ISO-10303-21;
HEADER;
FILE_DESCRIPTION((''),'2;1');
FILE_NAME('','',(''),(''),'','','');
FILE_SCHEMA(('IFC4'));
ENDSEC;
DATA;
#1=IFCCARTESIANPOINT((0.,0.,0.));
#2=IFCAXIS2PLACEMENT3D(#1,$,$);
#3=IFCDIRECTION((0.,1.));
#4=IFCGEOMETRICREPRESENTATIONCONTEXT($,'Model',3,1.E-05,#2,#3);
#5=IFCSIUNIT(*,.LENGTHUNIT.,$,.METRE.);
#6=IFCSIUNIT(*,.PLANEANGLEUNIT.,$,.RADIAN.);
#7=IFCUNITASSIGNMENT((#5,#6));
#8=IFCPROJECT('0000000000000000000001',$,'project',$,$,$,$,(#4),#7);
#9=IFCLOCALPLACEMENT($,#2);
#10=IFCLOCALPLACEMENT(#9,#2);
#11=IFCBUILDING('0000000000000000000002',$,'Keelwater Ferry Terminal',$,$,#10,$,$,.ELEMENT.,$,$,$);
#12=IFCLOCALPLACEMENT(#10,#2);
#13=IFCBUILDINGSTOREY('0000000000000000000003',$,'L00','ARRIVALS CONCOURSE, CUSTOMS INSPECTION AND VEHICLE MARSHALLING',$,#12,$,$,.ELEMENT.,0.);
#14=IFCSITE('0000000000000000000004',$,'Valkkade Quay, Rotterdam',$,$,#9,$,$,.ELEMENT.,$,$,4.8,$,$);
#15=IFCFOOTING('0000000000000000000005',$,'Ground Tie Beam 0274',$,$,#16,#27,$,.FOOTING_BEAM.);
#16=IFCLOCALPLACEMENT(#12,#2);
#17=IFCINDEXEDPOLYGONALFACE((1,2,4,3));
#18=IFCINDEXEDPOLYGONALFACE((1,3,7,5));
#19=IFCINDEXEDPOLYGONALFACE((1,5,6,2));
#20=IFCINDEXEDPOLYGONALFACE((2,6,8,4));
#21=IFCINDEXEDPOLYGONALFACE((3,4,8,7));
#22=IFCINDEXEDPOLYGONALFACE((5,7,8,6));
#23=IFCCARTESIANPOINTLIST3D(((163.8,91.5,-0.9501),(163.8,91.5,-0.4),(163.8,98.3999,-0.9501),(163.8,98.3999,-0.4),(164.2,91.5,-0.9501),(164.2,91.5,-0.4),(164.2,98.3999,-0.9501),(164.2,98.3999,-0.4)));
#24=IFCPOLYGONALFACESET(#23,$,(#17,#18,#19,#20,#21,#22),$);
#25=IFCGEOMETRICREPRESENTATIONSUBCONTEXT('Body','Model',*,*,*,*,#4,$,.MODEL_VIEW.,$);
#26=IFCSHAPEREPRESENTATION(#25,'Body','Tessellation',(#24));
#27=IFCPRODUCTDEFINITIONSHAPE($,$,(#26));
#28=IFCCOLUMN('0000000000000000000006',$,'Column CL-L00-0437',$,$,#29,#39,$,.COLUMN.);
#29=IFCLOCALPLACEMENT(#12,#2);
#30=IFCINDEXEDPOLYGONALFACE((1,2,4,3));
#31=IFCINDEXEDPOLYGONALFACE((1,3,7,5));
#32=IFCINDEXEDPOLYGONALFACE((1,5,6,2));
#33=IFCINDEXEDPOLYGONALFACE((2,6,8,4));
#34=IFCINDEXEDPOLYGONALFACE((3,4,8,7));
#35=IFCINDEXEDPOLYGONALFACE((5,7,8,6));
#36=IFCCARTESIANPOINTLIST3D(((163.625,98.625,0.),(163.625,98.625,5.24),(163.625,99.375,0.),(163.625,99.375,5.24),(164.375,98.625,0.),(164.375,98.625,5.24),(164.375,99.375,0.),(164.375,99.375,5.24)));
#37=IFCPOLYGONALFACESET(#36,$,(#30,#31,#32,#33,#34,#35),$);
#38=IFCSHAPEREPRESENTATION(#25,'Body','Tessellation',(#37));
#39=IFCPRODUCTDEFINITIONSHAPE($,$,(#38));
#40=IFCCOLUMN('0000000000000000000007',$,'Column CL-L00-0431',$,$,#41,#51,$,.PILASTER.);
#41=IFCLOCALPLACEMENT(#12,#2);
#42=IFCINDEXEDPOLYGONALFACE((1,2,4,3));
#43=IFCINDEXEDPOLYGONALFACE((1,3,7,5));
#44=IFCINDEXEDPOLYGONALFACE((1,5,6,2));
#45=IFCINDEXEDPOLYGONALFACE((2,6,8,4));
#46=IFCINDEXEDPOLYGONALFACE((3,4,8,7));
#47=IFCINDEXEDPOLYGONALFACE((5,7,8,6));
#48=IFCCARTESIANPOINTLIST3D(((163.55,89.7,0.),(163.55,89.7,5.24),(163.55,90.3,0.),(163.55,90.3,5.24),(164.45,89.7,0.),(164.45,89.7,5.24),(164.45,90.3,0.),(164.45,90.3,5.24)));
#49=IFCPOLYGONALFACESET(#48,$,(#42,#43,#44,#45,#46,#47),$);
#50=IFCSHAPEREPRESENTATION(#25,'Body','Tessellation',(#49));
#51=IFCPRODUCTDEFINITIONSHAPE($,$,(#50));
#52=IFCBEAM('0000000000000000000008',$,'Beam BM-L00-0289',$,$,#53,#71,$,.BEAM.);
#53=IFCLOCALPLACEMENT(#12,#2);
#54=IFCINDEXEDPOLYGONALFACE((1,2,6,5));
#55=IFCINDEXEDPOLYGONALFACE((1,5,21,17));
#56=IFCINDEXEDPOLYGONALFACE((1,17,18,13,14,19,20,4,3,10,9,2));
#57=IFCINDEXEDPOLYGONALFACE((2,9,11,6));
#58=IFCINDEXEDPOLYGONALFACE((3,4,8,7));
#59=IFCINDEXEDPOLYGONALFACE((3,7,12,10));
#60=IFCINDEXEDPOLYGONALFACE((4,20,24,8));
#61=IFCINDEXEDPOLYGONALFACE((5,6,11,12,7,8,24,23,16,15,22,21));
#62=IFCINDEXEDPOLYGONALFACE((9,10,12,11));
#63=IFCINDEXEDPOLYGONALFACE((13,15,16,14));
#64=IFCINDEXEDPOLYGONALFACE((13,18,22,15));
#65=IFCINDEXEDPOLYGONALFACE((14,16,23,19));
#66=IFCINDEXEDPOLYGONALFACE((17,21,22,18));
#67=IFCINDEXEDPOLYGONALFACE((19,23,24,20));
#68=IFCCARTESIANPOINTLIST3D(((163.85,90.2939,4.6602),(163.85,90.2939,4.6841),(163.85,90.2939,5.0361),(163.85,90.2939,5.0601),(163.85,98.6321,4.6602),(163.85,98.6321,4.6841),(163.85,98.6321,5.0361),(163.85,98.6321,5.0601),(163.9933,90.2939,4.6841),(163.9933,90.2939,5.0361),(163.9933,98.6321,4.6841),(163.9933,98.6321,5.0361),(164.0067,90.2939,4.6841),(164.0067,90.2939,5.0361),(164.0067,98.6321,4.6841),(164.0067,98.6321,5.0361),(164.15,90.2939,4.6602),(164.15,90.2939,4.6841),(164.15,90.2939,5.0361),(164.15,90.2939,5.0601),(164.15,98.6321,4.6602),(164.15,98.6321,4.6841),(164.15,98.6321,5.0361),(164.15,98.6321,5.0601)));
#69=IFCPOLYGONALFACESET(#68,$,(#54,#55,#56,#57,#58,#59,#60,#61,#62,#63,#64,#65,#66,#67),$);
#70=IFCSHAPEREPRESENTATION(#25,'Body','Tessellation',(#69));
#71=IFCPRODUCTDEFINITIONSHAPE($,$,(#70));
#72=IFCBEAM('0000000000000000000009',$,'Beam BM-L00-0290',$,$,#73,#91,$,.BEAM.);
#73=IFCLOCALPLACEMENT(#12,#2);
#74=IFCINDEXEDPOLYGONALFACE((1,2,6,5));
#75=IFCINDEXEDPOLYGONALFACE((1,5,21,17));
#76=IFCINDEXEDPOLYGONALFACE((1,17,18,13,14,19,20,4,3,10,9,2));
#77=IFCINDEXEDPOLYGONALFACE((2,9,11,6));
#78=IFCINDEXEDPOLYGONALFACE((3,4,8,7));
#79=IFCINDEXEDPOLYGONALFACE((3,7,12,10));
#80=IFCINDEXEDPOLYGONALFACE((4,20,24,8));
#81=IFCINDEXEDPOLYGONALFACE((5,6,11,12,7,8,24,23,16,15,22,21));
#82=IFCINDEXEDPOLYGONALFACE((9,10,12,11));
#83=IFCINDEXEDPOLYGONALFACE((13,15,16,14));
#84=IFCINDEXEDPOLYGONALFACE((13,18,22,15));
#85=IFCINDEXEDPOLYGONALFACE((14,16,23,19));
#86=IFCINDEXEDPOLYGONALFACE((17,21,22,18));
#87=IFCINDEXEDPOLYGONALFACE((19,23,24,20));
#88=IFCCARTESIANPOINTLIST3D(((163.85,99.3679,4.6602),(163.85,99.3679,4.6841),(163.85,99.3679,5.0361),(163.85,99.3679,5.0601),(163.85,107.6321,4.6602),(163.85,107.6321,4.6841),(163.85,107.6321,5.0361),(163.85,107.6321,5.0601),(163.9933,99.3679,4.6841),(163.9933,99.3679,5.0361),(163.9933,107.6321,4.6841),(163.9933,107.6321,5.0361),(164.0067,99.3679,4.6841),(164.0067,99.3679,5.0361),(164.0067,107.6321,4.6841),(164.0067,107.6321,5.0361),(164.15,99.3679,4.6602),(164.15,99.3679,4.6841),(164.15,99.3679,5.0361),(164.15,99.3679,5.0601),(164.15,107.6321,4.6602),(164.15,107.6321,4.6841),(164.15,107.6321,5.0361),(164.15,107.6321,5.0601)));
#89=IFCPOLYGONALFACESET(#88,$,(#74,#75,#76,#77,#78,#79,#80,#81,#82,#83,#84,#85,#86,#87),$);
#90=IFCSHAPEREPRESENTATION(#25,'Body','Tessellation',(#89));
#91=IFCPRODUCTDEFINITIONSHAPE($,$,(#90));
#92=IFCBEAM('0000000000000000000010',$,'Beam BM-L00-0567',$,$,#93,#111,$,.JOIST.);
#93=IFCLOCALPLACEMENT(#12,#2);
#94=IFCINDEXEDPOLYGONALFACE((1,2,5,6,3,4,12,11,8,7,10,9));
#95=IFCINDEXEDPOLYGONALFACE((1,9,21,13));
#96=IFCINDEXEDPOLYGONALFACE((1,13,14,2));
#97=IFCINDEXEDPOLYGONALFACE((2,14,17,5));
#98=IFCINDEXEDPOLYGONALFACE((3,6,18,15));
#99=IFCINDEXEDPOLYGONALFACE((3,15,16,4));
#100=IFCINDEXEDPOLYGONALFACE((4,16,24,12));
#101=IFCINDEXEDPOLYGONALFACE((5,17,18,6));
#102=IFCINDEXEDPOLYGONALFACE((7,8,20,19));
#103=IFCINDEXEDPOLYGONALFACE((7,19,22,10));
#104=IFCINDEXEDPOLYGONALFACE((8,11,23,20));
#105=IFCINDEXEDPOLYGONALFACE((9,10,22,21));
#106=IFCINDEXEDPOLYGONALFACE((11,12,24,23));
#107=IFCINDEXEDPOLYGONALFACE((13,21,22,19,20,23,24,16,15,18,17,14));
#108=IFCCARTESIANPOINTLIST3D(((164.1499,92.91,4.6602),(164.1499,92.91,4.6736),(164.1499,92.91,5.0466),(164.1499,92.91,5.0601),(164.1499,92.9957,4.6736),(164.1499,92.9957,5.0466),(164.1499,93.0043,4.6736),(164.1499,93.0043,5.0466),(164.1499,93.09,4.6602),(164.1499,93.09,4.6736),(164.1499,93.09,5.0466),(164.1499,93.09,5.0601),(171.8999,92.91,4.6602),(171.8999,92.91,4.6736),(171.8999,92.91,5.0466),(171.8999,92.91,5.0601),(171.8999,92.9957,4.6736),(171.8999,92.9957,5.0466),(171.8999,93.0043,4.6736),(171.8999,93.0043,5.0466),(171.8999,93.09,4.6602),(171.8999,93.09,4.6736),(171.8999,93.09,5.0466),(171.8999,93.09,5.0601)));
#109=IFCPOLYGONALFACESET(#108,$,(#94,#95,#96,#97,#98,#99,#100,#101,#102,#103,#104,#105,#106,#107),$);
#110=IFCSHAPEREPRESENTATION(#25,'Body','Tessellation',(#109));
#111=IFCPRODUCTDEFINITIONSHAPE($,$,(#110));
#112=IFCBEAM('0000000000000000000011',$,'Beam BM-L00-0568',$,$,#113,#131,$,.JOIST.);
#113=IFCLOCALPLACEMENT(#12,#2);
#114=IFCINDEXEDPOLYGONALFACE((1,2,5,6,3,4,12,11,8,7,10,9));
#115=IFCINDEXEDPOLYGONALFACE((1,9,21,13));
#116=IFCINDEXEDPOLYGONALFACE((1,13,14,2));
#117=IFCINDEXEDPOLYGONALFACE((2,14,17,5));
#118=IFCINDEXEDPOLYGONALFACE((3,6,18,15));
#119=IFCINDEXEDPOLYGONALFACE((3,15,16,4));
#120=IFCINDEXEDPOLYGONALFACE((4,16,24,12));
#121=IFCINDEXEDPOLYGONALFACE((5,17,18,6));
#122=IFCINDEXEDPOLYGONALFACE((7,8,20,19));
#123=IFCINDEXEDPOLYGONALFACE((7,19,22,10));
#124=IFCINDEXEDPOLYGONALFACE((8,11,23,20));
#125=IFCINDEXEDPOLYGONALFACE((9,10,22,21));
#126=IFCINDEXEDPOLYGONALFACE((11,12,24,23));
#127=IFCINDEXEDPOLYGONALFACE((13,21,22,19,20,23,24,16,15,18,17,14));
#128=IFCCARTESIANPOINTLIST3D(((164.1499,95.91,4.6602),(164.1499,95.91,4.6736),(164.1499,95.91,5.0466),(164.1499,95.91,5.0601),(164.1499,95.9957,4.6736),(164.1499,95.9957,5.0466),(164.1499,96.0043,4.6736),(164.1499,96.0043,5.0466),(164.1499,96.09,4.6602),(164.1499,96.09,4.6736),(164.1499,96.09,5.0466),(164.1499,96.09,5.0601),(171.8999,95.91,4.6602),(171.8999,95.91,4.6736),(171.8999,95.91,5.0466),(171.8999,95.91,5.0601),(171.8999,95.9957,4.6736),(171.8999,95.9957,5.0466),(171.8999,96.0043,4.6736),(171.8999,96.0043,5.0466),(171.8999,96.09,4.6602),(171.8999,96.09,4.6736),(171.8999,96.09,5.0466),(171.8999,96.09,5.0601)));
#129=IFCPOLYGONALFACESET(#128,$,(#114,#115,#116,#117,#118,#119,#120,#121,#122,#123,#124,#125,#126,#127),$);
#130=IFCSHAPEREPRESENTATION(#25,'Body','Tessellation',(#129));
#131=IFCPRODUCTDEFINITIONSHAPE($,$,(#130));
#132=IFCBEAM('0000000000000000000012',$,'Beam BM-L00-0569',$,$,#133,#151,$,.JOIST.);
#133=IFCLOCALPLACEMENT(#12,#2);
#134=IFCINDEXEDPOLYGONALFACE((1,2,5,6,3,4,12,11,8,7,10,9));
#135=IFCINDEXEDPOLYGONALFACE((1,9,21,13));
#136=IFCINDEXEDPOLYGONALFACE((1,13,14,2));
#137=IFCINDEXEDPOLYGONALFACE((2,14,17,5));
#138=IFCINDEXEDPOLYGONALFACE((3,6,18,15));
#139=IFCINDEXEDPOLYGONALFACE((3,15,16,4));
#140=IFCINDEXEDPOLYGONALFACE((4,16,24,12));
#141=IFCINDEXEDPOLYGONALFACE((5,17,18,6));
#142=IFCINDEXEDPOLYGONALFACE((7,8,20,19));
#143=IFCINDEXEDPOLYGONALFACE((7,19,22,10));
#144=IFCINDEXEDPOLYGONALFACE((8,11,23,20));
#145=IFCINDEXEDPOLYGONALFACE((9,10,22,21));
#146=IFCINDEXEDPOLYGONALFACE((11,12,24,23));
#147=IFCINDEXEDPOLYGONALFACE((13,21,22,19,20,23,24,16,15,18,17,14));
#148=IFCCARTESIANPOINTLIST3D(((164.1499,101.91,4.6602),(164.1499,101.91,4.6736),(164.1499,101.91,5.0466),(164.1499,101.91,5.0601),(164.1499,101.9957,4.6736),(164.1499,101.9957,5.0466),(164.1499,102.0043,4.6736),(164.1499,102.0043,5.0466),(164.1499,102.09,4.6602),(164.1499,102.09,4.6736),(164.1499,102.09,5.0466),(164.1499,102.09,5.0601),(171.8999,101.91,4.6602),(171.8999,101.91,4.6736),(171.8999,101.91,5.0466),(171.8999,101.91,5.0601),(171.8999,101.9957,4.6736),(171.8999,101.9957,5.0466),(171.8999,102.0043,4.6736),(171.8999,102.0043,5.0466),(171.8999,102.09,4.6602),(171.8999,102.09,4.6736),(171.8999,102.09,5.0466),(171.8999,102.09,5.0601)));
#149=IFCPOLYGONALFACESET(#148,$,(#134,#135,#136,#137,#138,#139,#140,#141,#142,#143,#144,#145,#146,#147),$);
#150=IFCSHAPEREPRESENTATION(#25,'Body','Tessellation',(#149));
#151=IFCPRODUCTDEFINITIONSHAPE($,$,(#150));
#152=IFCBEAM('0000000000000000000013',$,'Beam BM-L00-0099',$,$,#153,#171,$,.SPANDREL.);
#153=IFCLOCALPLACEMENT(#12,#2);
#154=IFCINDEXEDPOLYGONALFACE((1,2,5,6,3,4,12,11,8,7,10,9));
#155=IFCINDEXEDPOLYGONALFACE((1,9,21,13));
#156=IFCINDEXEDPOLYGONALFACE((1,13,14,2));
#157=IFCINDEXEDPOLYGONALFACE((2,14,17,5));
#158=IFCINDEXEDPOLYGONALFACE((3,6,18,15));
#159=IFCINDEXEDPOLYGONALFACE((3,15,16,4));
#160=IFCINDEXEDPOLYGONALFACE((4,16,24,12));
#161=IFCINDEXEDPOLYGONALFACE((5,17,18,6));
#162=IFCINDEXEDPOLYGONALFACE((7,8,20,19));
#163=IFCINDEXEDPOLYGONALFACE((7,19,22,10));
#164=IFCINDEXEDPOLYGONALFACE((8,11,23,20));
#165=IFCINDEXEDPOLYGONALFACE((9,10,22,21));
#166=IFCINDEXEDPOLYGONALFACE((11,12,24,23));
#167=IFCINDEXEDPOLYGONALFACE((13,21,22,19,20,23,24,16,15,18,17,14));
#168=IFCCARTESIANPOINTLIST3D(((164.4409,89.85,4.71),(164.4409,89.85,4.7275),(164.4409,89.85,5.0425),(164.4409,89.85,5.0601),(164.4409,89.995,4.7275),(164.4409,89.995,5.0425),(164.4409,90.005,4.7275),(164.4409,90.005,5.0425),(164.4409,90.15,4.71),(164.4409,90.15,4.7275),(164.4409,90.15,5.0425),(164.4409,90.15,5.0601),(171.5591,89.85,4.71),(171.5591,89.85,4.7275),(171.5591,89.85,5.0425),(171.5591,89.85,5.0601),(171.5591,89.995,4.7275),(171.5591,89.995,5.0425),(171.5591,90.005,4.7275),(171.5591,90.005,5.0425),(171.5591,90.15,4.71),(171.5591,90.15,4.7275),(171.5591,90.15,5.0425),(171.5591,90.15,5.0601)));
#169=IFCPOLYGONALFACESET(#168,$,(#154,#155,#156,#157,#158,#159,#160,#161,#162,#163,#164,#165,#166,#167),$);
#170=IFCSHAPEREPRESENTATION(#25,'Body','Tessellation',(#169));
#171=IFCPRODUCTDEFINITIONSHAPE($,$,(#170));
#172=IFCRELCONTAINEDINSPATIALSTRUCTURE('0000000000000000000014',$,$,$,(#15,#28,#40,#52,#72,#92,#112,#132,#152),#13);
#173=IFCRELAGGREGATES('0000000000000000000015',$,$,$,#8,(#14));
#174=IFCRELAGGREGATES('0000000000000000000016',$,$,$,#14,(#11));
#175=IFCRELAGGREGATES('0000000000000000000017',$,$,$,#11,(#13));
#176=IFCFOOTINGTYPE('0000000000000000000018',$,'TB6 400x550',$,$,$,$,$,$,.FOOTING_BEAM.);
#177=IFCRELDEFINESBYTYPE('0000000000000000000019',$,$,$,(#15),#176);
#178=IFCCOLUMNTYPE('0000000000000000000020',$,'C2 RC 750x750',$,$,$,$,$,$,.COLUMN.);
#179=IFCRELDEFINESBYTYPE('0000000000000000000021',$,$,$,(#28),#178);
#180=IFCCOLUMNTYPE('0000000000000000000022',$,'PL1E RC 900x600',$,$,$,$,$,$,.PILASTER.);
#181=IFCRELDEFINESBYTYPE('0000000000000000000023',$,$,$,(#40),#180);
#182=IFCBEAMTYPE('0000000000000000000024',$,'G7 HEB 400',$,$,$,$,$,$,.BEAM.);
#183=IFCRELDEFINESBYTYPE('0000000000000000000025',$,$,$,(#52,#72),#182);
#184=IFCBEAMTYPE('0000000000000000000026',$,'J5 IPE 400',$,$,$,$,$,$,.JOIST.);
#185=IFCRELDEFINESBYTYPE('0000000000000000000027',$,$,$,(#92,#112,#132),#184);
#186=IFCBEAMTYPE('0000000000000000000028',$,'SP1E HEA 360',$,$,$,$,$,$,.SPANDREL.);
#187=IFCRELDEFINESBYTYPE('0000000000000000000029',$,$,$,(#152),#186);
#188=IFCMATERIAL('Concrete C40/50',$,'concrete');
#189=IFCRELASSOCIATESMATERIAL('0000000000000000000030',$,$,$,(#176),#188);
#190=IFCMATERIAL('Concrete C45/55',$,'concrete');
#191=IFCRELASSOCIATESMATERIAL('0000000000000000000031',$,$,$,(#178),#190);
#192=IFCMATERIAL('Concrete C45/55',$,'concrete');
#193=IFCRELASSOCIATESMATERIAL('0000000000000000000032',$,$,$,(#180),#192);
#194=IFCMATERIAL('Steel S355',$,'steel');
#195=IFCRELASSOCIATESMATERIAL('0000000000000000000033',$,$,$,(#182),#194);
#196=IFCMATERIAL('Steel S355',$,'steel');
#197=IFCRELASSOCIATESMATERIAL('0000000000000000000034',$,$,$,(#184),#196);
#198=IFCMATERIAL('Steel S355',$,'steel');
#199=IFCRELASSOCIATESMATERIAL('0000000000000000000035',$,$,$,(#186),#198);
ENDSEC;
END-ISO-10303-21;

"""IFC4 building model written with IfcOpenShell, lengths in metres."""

from ifc_helpers import new_model, si_unit, direction, frame, origin, origin_2d, place, context, subcontext, project, spatial, rectangle, i_section, extrude, material, material_profile, profile_set, type_object, element, save


model = new_model("IFC4")

# Units and contexts
model_context = context("Model", 3, precision=1e-05, world=origin(), true_north=direction((0.0, 1.0)))
body_context = subcontext(model_context, "Body", "Model", "MODEL_VIEW")
ifc_project = project(units=[si_unit("LENGTHUNIT", "METRE"), si_unit("PLANEANGLEUNIT", "RADIAN")], contexts=[model_context])

# Site, building, storey
site_placement = place(None, origin())
site = spatial("IfcSite", under=ifc_project, at=site_placement, Name="Valkkade Quay, Rotterdam", CompositionType="ELEMENT", RefElevation=4.8)
building_placement = place(site_placement, origin())
building = spatial("IfcBuilding", under=site, at=building_placement, Name="Keelwater Ferry Terminal", CompositionType="ELEMENT")
storey_placement = place(building_placement, origin())
storey = spatial("IfcBuildingStorey", under=building, at=storey_placement, Name="L00", Description="ARRIVALS CONCOURSE, CUSTOMS INSPECTION AND VEHICLE MARSHALLING", CompositionType="ELEMENT", Elevation=0.0)

# Footing
ifc_material_1 = material(Name="Concrete C40/50", Category="concrete")
ifc_material_profile_1 = material_profile(ifc_material_1, rectangle(XDim=0.3999, YDim=0.55, at=origin_2d()), Name="TB 400x550")
ifc_profile_set_1 = profile_set([ifc_material_profile_1], Name="Concrete C40/50")
footing_type_1 = type_object("IfcFootingType", Name="TB6 400x550", PredefinedType="FOOTING_BEAM", material=ifc_profile_set_1)
footing_1_placement = place(storey_placement, frame((164.0, 91.5, -0.675), z_axis=(0.0, 1.0, 0.0), x_axis=(-1.0, 0.0, 0.0)))
element("IfcFooting", 1, at=footing_1_placement, inside=storey, type_object=footing_type_1, Name="Ground Tie Beam 0274", PredefinedType="FOOTING_BEAM", context=body_context, shape_type="SweptSolid", body=[
    extrude(rectangle(XDim=0.3999, YDim=0.55, at=origin_2d()), origin(), (0.0, 0.0, 1.0), 6.8999),
])

# Columns
ifc_material_2 = material(Name="Concrete C45/55", Category="concrete")
ifc_material_profile_2 = material_profile(ifc_material_2, rectangle(XDim=0.75, YDim=0.75, at=origin_2d()), Name="RC 750x750")
ifc_profile_set_2 = profile_set([ifc_material_profile_2], Name="Concrete C45/55")
column_type_1 = type_object("IfcColumnType", Name="C2 RC 750x750", PredefinedType="COLUMN", material=ifc_profile_set_2)
column_1_placement = place(storey_placement, frame((164.0, 99.0, 0.0), z_axis=(0.0, 0.0, 1.0), x_axis=(1.0, 0.0, 0.0)))
element("IfcColumn", 2, at=column_1_placement, inside=storey, type_object=column_type_1, Name="Column CL-L00-0437", PredefinedType="COLUMN", context=body_context, shape_type="SweptSolid", body=[
    extrude(rectangle(XDim=0.75, YDim=0.75, at=origin_2d()), origin(), (0.0, 0.0, 1.0), 5.24),
])
ifc_material_3 = material(Name="Concrete C45/55", Category="concrete")
ifc_material_profile_3 = material_profile(ifc_material_3, rectangle(XDim=0.6001, YDim=0.8999, at=origin_2d()), Name="RC 900x600")
ifc_profile_set_3 = profile_set([ifc_material_profile_3], Name="Concrete C45/55")
column_type_2 = type_object("IfcColumnType", Name="PL1E RC 900x600", PredefinedType="PILASTER", material=ifc_profile_set_3)
column_2_placement = place(storey_placement, frame((164.0, 90.0, 0.0), z_axis=(0.0, 0.0, 1.0), x_axis=(0.0, 1.0, 0.0)))
element("IfcColumn", 3, at=column_2_placement, inside=storey, type_object=column_type_2, Name="Column CL-L00-0431", PredefinedType="PILASTER", context=body_context, shape_type="SweptSolid", body=[
    extrude(rectangle(XDim=0.6001, YDim=0.8999, at=origin_2d()), origin(), (0.0, 0.0, 1.0), 5.24),
])

# Beams
ifc_material_4 = material(Name="Steel S355", Category="steel")
ifc_material_profile_4 = material_profile(ifc_material_4, i_section(OverallWidth=0.3, OverallDepth=0.3999, WebThickness=0.0134, FlangeThickness=0.0239, at=origin_2d()), Name="HEB 400")
ifc_profile_set_4 = profile_set([ifc_material_profile_4], Name="Steel S355")
beam_type_1 = type_object("IfcBeamType", Name="G7 HEB 400", PredefinedType="BEAM", material=ifc_profile_set_4)
beam_1_placement = place(storey_placement, frame((164.0, 90.2939, 4.8601), z_axis=(0.0, 1.0, 0.0), x_axis=(-1.0, 0.0, 0.0)))
element("IfcBeam", 4, at=beam_1_placement, inside=storey, type_object=beam_type_1, Name="Beam BM-L00-0289", PredefinedType="BEAM", context=body_context, shape_type="SweptSolid", body=[
    extrude(i_section(OverallWidth=0.3, OverallDepth=0.3999, WebThickness=0.0134, FlangeThickness=0.0239, at=origin_2d()), origin(), (0.0, 0.0, 1.0), 8.3381),
])
beam_2_placement = place(storey_placement, frame((164.0, 99.3679, 4.8601), z_axis=(0.0, 1.0, 0.0), x_axis=(-1.0, 0.0, 0.0)))
element("IfcBeam", 5, at=beam_2_placement, inside=storey, type_object=beam_type_1, Name="Beam BM-L00-0290", PredefinedType="BEAM", context=body_context, shape_type="SweptSolid", body=[
    extrude(i_section(OverallWidth=0.3, OverallDepth=0.3999, WebThickness=0.0134, FlangeThickness=0.0239, at=origin_2d()), origin(), (0.0, 0.0, 1.0), 8.2642),
])
ifc_material_5 = material(Name="Steel S355", Category="steel")
ifc_material_profile_5 = material_profile(ifc_material_5, i_section(OverallWidth=0.1799, OverallDepth=0.3999, WebThickness=0.0085, FlangeThickness=0.0134, at=origin_2d()), Name="IPE 400")
ifc_profile_set_5 = profile_set([ifc_material_profile_5], Name="Steel S355")
beam_type_2 = type_object("IfcBeamType", Name="J5 IPE 400", PredefinedType="JOIST", material=ifc_profile_set_5)
for number, where, z_axis, x_axis, name in (
    (6, (164.1499, 93.0, 4.8601), (1.0, 0.0, 0.0), (0.0, 1.0, 0.0), "Beam BM-L00-0567"),
    (7, (164.1499, 96.0, 4.8601), (1.0, 0.0, 0.0), (0.0, 1.0, 0.0), "Beam BM-L00-0568"),
    (8, (164.1499, 102.0, 4.8601), (1.0, 0.0, 0.0), (0.0, 1.0, 0.0), "Beam BM-L00-0569"),
):
    element("IfcBeam", number, at=place(storey_placement, frame(where, z_axis=z_axis, x_axis=x_axis)), inside=storey, type_object=beam_type_2, Name=name, PredefinedType="JOIST", context=body_context, shape_type="SweptSolid", body=[
        extrude(i_section(OverallWidth=0.1799, OverallDepth=0.3999, WebThickness=0.0085, FlangeThickness=0.0134, at=origin_2d()), origin(), (0.0, 0.0, 1.0), 7.75),
    ])
ifc_material_6 = material(Name="Steel S355", Category="steel")
ifc_material_profile_6 = material_profile(ifc_material_6, i_section(OverallWidth=0.3, OverallDepth=0.3501, WebThickness=0.01, FlangeThickness=0.0176, at=origin_2d()), Name="HEA 360")
ifc_profile_set_6 = profile_set([ifc_material_profile_6], Name="Steel S355")
beam_type_3 = type_object("IfcBeamType", Name="SP1E HEA 360", PredefinedType="SPANDREL", material=ifc_profile_set_6)
beam_3_placement = place(storey_placement, frame((164.4409, 90.0, 4.885), z_axis=(1.0, 0.0, 0.0), x_axis=(0.0, 1.0, 0.0)))
element("IfcBeam", 9, at=beam_3_placement, inside=storey, type_object=beam_type_3, Name="Beam BM-L00-0099", PredefinedType="SPANDREL", context=body_context, shape_type="SweptSolid", body=[
    extrude(i_section(OverallWidth=0.3, OverallDepth=0.3501, WebThickness=0.01, FlangeThickness=0.0176, at=origin_2d()), origin(), (0.0, 0.0, 1.0), 7.1182),
])

save(model, "model.ifc")
